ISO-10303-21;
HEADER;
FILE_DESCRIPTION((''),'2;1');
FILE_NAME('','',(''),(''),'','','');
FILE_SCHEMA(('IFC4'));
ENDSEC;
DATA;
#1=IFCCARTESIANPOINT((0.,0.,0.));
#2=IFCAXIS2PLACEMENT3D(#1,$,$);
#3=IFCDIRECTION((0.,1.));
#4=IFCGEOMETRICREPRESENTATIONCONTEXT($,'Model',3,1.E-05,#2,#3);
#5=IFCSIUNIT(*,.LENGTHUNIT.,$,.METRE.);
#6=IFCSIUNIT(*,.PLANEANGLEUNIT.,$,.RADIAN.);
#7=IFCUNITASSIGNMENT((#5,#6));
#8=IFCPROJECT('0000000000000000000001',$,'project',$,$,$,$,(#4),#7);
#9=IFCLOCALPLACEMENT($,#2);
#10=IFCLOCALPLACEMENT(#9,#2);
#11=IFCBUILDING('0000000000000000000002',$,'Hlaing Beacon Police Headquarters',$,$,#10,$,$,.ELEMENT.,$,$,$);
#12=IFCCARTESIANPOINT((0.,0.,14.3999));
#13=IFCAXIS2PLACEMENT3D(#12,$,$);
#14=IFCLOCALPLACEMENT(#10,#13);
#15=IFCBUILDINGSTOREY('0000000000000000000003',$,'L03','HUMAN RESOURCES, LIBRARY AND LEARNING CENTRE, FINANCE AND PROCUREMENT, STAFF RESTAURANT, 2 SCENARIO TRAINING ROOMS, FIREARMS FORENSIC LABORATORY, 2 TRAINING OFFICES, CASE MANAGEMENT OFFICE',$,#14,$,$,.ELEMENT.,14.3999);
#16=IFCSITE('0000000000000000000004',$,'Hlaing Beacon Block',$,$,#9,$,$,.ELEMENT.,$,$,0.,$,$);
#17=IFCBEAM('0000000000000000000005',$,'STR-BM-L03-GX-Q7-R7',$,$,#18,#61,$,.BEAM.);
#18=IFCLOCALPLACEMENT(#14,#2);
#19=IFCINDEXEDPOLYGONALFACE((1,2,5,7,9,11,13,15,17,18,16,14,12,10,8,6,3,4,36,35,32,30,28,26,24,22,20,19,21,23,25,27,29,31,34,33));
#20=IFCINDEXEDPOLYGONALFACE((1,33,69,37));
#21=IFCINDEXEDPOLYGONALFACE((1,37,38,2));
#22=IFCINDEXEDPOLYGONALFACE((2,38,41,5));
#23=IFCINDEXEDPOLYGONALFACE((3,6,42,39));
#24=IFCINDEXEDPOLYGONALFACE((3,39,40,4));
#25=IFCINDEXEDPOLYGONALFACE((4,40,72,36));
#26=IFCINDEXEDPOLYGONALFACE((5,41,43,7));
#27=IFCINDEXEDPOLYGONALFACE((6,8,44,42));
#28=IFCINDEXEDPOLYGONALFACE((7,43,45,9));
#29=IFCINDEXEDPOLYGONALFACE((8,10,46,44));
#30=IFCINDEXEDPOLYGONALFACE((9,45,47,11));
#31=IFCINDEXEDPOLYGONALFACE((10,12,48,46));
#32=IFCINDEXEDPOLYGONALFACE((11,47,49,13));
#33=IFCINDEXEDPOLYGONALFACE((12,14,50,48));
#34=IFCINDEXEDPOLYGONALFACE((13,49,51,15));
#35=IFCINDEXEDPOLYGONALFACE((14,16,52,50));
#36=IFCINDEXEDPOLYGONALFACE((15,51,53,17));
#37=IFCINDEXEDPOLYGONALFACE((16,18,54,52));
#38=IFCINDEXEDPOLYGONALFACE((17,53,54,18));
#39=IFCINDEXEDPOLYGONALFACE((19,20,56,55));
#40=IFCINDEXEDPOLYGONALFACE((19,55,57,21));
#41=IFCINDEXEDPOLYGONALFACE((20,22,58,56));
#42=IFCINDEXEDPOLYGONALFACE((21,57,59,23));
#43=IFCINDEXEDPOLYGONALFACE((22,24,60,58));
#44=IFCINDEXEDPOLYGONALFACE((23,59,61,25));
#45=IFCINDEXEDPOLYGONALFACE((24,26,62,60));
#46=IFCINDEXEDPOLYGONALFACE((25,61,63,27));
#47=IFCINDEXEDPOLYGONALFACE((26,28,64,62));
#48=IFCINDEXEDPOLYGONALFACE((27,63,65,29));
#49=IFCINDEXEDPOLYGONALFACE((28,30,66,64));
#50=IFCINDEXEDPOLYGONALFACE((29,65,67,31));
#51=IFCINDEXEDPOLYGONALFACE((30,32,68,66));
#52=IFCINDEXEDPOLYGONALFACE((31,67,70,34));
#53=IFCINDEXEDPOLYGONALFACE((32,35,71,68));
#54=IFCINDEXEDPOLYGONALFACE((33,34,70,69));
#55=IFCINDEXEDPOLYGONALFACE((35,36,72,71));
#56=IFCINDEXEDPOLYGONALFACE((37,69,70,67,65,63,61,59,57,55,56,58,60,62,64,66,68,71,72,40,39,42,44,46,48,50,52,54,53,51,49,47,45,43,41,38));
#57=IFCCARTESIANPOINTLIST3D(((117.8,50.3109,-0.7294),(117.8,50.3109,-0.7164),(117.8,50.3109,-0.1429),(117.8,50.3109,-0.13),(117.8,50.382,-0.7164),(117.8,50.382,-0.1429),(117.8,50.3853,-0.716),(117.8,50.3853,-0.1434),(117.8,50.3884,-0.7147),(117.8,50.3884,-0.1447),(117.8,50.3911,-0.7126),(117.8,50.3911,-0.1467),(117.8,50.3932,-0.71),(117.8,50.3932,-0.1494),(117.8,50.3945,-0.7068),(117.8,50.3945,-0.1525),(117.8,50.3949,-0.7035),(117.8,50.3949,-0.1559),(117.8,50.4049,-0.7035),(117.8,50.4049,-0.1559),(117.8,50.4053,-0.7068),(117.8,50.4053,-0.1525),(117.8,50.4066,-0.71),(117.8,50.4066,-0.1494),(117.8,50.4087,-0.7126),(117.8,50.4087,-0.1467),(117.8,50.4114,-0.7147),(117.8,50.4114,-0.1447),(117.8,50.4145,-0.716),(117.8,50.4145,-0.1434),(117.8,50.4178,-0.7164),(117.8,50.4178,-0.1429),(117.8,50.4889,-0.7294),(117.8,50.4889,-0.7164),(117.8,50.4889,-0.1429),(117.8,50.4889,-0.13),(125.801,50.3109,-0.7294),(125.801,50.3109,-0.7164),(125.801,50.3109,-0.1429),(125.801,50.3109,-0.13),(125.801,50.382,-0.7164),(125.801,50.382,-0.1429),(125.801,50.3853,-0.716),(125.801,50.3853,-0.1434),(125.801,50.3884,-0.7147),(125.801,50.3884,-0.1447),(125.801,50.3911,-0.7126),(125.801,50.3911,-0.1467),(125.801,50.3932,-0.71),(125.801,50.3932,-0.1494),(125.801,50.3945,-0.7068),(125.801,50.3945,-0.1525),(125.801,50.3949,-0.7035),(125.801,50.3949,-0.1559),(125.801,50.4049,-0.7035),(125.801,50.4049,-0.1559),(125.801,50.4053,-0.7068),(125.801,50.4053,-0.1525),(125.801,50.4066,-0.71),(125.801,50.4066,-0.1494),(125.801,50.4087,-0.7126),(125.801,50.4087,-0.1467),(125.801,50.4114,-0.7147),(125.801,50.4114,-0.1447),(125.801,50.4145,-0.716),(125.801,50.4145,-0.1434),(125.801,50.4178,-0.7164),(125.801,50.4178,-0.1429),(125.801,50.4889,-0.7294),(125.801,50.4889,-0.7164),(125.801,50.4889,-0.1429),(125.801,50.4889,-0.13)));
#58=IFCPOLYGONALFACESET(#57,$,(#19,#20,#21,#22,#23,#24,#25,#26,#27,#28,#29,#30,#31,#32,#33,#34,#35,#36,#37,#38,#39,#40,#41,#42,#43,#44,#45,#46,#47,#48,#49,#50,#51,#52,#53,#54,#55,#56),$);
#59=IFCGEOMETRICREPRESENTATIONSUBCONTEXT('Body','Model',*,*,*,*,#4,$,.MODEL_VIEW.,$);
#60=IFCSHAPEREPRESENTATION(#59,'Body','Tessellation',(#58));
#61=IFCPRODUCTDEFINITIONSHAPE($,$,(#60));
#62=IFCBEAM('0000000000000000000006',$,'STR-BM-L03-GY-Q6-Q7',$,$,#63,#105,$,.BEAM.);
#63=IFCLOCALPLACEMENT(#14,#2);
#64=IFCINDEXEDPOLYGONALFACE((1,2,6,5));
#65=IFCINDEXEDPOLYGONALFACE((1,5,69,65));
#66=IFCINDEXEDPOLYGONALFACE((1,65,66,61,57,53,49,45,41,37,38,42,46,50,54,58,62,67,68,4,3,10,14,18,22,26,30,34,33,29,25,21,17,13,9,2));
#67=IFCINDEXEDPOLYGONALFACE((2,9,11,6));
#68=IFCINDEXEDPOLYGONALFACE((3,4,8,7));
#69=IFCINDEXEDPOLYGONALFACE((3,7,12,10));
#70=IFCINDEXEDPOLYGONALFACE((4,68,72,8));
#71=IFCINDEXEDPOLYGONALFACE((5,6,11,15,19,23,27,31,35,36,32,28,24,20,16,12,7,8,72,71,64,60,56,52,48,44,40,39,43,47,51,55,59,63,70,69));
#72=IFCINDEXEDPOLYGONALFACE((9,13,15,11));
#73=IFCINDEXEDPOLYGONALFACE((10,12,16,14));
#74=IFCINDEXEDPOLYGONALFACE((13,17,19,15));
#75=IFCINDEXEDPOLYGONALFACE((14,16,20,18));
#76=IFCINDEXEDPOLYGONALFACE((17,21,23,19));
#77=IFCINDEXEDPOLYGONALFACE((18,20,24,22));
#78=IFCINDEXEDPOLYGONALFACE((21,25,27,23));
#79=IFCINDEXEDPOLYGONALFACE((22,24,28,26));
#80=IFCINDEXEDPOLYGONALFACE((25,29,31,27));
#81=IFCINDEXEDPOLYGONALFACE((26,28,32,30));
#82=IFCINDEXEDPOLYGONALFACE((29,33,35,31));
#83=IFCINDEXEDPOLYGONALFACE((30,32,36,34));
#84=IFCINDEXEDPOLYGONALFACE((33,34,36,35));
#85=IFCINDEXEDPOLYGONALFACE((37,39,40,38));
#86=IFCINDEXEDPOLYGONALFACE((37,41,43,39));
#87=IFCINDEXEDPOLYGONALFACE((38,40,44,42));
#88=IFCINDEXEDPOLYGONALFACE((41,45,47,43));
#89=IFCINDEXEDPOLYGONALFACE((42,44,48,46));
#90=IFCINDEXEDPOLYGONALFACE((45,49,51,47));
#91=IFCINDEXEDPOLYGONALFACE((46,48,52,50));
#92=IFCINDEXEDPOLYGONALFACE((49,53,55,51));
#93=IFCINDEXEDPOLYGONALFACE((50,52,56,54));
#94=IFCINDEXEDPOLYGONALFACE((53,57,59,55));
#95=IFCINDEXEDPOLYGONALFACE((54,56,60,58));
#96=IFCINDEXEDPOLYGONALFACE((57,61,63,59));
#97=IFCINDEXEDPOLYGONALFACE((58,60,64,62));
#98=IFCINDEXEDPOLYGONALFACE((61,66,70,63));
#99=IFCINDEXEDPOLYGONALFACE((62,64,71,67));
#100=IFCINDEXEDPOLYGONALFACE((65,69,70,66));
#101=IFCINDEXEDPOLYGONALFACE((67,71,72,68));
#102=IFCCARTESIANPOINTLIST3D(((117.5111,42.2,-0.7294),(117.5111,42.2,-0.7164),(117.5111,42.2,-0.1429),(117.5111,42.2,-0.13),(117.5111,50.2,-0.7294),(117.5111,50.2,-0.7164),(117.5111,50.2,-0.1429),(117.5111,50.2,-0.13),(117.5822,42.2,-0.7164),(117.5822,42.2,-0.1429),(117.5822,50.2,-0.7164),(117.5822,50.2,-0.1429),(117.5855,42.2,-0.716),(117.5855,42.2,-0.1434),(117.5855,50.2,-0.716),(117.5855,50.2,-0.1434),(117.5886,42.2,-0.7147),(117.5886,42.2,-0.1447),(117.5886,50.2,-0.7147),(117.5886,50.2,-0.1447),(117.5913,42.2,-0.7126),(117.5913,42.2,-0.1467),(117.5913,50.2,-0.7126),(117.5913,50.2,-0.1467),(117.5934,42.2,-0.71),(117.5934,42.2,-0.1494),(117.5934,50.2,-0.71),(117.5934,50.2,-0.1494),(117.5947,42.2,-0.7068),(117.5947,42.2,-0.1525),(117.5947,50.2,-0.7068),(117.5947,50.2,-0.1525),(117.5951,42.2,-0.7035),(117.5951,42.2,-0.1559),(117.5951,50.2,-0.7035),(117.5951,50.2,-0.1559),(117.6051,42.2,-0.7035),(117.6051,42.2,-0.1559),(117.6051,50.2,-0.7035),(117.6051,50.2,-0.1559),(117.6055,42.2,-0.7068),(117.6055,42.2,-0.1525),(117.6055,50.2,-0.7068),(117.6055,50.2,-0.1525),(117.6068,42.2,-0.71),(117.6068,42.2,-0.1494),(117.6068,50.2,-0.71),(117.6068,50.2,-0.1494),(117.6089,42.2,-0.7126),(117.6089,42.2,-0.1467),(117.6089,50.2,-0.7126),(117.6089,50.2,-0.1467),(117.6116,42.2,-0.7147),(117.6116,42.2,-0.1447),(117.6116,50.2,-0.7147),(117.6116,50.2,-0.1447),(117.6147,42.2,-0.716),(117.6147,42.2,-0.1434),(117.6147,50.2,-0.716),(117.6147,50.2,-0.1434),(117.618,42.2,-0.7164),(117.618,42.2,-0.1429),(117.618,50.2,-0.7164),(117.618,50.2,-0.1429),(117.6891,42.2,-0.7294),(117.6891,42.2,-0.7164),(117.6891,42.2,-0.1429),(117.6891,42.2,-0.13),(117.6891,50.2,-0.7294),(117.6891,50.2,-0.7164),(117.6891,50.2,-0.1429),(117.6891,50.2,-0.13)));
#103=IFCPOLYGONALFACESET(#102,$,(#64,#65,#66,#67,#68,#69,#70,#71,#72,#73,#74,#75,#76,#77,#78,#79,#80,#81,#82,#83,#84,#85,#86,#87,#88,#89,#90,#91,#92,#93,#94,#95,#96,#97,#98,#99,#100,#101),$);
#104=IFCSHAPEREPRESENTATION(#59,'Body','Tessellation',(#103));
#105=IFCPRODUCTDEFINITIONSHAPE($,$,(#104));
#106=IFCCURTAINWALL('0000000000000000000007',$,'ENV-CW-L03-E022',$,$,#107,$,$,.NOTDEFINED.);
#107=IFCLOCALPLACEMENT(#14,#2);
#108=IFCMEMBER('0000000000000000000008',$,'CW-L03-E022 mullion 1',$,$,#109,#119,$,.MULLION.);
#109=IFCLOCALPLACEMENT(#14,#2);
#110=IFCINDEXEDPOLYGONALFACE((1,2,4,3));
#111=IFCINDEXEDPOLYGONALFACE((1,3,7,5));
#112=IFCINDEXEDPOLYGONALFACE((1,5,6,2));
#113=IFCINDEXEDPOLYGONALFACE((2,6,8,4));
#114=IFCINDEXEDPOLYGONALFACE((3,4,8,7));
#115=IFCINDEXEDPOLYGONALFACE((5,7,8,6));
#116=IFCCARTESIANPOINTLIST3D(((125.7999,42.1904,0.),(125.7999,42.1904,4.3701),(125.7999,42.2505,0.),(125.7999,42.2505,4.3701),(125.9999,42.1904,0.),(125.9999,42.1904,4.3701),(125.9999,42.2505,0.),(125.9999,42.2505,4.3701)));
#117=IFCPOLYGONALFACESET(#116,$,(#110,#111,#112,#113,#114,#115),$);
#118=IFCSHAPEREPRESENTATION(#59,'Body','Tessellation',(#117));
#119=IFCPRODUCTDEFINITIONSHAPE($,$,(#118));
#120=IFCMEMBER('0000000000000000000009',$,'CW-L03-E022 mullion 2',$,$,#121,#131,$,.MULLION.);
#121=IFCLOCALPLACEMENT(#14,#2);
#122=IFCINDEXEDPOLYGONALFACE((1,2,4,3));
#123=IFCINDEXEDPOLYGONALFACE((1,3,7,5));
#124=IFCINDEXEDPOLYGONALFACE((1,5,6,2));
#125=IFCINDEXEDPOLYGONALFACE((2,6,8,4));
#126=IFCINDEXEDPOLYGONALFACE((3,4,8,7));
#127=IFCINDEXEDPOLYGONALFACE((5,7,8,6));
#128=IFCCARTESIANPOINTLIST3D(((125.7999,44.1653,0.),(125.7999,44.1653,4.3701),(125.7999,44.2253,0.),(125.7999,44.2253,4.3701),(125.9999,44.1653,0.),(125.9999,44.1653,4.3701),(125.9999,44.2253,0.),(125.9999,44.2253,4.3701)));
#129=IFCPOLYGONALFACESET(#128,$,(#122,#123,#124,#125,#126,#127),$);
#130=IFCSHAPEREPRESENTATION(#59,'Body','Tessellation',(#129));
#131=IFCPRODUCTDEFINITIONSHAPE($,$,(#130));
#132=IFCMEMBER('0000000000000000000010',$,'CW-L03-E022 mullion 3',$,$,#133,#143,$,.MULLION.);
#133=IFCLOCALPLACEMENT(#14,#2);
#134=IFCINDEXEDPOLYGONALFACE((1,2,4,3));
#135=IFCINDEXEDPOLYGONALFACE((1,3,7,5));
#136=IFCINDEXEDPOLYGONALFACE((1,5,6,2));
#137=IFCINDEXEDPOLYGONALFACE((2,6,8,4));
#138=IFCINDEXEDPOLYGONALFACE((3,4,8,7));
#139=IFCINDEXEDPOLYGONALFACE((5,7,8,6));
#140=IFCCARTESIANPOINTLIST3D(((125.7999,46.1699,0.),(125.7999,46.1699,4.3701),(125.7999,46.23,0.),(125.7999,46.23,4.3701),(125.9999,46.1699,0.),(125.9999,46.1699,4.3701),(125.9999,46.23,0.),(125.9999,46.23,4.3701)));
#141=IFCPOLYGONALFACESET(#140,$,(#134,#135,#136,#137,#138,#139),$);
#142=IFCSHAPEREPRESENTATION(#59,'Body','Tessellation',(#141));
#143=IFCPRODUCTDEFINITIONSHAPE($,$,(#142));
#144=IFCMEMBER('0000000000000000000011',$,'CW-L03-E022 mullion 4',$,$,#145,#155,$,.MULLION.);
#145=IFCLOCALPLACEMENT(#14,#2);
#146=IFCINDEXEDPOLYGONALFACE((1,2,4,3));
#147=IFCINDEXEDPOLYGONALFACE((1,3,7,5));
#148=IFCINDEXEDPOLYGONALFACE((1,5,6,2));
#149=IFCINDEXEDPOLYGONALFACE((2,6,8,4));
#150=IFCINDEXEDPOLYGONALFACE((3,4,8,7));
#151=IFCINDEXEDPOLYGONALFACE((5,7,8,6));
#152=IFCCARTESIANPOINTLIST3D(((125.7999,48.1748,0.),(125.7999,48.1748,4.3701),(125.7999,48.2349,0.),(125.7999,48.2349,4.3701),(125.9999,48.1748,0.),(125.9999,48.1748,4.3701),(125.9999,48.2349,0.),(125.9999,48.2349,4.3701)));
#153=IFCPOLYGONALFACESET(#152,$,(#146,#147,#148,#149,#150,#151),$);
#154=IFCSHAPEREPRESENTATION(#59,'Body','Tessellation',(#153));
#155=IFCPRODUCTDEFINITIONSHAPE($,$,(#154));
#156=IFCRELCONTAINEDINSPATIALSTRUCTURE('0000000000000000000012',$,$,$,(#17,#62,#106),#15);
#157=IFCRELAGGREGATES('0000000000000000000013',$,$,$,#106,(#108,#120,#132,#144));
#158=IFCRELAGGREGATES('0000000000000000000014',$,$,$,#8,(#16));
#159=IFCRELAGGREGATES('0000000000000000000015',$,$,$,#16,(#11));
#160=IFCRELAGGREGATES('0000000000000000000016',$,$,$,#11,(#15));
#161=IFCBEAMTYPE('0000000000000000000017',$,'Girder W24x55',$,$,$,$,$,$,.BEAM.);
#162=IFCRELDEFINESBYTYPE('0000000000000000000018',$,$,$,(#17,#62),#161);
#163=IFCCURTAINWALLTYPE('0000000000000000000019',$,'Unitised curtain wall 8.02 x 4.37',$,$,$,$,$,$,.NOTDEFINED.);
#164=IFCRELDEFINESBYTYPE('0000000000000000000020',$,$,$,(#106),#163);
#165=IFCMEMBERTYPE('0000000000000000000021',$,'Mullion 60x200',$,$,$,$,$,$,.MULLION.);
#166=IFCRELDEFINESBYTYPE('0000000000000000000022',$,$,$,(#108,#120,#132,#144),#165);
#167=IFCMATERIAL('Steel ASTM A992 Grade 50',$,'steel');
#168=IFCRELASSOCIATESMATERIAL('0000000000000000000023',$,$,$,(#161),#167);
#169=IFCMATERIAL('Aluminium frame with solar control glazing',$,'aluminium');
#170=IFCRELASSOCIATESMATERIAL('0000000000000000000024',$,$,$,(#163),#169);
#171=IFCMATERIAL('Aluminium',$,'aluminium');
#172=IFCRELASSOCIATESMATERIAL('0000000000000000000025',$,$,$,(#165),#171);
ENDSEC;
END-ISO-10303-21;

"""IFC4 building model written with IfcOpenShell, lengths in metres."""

from ifc_helpers import new_model, si_unit, direction, frame, origin, origin_2d, place, context, subcontext, project, spatial, rectangle, i_section, extrude, material, material_profile, profile_set, type_object, element, aggregate, save


model = new_model("IFC4")

# Units and contexts
model_context = context("Model", 3, precision=1e-05, world=origin(), true_north=direction((0.0, 1.0)))
body_context = subcontext(model_context, "Body", "Model", "MODEL_VIEW")
ifc_project = project(units=[si_unit("LENGTHUNIT", "METRE"), si_unit("PLANEANGLEUNIT", "RADIAN")], contexts=[model_context])

# Site, building, storey
site_placement = place(None, origin())
site = spatial("IfcSite", under=ifc_project, at=site_placement, Name="Hlaing Beacon Block", CompositionType="ELEMENT", RefElevation=0.0)
building_placement = place(site_placement, origin())
building = spatial("IfcBuilding", under=site, at=building_placement, Name="Hlaing Beacon Police Headquarters", CompositionType="ELEMENT")
storey_placement = place(building_placement, frame((0.0, 0.0, 14.3999)))
storey = spatial("IfcBuildingStorey", under=building, at=storey_placement, Name="L03", Description="HUMAN RESOURCES, LIBRARY AND LEARNING CENTRE, FINANCE AND PROCUREMENT, STAFF RESTAURANT, 2 SCENARIO TRAINING ROOMS, FIREARMS FORENSIC LABORATORY, 2 TRAINING OFFICES, CASE MANAGEMENT OFFICE", CompositionType="ELEMENT", Elevation=14.3999)

# Beams
ifc_material_1 = material(Name="Steel ASTM A992 Grade 50", Category="steel")
ifc_material_profile_1 = material_profile(ifc_material_1, i_section(OverallWidth=0.178, OverallDepth=0.5994, WebThickness=0.01, FlangeThickness=0.0129, FilletRadius=0.0129, at=origin_2d()), Name="W24x55")
ifc_profile_set_1 = profile_set([ifc_material_profile_1], Name="Steel ASTM A992 Grade 50")
beam_type_1 = type_object("IfcBeamType", Name="Girder W24x55", PredefinedType="BEAM", material=ifc_profile_set_1)
beam_1_placement = place(storey_placement, frame((117.8, 50.3999, -0.4297), z_axis=(1.0, 0.0, 0.0), x_axis=(0.0, 1.0, 0.0)))
element("IfcBeam", 1, at=beam_1_placement, inside=storey, type_object=beam_type_1, Name="STR-BM-L03-GX-Q7-R7", PredefinedType="BEAM", context=body_context, shape_type="SweptSolid", body=[
    extrude(i_section(OverallWidth=0.178, OverallDepth=0.5994, WebThickness=0.01, FlangeThickness=0.0129, FilletRadius=0.0129, at=origin_2d()), origin(), (0.0, 0.0, 1.0), 8.001),
])
beam_2_placement = place(storey_placement, frame((117.6001, 42.2, -0.4297), z_axis=(0.0, 1.0, 0.0), x_axis=(-1.0, 0.0, 0.0)))
element("IfcBeam", 2, at=beam_2_placement, inside=storey, type_object=beam_type_1, Name="STR-BM-L03-GY-Q6-Q7", PredefinedType="BEAM", context=body_context, shape_type="SweptSolid", body=[
    extrude(i_section(OverallWidth=0.178, OverallDepth=0.5994, WebThickness=0.01, FlangeThickness=0.0129, FilletRadius=0.0129, at=origin_2d()), origin(), (0.0, 0.0, 1.0), 8.0),
])

# Curtain wall, members
ifc_material_2 = material(Name="Aluminium frame with solar control glazing", Category="aluminium")
curtain_wall_type = type_object("IfcCurtainWallType", Name="Unitised curtain wall 8.02 x 4.37", PredefinedType="NOTDEFINED", material=ifc_material_2)
curtain_wall_placement = place(storey_placement, origin())
curtain_wall = element("IfcCurtainWall", 3, at=curtain_wall_placement, inside=storey, type_object=curtain_wall_type, Name="ENV-CW-L03-E022", PredefinedType="NOTDEFINED")
ifc_material_3 = material(Name="Aluminium", Category="aluminium")
ifc_material_profile_2 = material_profile(ifc_material_3, rectangle(XDim=0.2, YDim=0.0601, at=origin_2d()), Name="Mullion 60x200")
ifc_profile_set_2 = profile_set([ifc_material_profile_2], Name="Aluminium")
member_type_1 = type_object("IfcMemberType", Name="Mullion 60x200", PredefinedType="MULLION", material=ifc_profile_set_2)
member_1_placement = place(storey_placement, frame((125.8999, 42.2205, 0.0), z_axis=(0.0, 0.0, 1.0), x_axis=(-1.0, 0.0, 0.0)))
member_1 = element("IfcMember", 4, at=member_1_placement, type_object=member_type_1, Name="CW-L03-E022 mullion 1", PredefinedType="MULLION", context=body_context, shape_type="SweptSolid", body=[
    extrude(rectangle(XDim=0.2, YDim=0.0601, at=origin_2d()), origin(), (0.0, 0.0, 1.0), 4.3701),
])
member_2_placement = place(storey_placement, frame((125.8999, 44.1953, 0.0), z_axis=(0.0, 0.0, 1.0), x_axis=(-1.0, 0.0, 0.0)))
member_2 = element("IfcMember", 5, at=member_2_placement, type_object=member_type_1, Name="CW-L03-E022 mullion 2", PredefinedType="MULLION", context=body_context, shape_type="SweptSolid", body=[
    extrude(rectangle(XDim=0.2, YDim=0.0601, at=origin_2d()), origin(), (0.0, 0.0, 1.0), 4.3701),
])
member_3_placement = place(storey_placement, frame((125.8999, 46.2, 0.0), z_axis=(0.0, 0.0, 1.0), x_axis=(-1.0, 0.0, 0.0)))
member_3 = element("IfcMember", 6, at=member_3_placement, type_object=member_type_1, Name="CW-L03-E022 mullion 3", PredefinedType="MULLION", context=body_context, shape_type="SweptSolid", body=[
    extrude(rectangle(XDim=0.2, YDim=0.0601, at=origin_2d()), origin(), (0.0, 0.0, 1.0), 4.3701),
])
member_4_placement = place(storey_placement, frame((125.8999, 48.2048, 0.0), z_axis=(0.0, 0.0, 1.0), x_axis=(-1.0, 0.0, 0.0)))
member_4 = element("IfcMember", 7, at=member_4_placement, type_object=member_type_1, Name="CW-L03-E022 mullion 4", PredefinedType="MULLION", context=body_context, shape_type="SweptSolid", body=[
    extrude(rectangle(XDim=0.2, YDim=0.0601, at=origin_2d()), origin(), (0.0, 0.0, 1.0), 4.3701),
])

aggregate(curtain_wall, [member_1, member_2, member_3, member_4])

save(model, "model.ifc")
